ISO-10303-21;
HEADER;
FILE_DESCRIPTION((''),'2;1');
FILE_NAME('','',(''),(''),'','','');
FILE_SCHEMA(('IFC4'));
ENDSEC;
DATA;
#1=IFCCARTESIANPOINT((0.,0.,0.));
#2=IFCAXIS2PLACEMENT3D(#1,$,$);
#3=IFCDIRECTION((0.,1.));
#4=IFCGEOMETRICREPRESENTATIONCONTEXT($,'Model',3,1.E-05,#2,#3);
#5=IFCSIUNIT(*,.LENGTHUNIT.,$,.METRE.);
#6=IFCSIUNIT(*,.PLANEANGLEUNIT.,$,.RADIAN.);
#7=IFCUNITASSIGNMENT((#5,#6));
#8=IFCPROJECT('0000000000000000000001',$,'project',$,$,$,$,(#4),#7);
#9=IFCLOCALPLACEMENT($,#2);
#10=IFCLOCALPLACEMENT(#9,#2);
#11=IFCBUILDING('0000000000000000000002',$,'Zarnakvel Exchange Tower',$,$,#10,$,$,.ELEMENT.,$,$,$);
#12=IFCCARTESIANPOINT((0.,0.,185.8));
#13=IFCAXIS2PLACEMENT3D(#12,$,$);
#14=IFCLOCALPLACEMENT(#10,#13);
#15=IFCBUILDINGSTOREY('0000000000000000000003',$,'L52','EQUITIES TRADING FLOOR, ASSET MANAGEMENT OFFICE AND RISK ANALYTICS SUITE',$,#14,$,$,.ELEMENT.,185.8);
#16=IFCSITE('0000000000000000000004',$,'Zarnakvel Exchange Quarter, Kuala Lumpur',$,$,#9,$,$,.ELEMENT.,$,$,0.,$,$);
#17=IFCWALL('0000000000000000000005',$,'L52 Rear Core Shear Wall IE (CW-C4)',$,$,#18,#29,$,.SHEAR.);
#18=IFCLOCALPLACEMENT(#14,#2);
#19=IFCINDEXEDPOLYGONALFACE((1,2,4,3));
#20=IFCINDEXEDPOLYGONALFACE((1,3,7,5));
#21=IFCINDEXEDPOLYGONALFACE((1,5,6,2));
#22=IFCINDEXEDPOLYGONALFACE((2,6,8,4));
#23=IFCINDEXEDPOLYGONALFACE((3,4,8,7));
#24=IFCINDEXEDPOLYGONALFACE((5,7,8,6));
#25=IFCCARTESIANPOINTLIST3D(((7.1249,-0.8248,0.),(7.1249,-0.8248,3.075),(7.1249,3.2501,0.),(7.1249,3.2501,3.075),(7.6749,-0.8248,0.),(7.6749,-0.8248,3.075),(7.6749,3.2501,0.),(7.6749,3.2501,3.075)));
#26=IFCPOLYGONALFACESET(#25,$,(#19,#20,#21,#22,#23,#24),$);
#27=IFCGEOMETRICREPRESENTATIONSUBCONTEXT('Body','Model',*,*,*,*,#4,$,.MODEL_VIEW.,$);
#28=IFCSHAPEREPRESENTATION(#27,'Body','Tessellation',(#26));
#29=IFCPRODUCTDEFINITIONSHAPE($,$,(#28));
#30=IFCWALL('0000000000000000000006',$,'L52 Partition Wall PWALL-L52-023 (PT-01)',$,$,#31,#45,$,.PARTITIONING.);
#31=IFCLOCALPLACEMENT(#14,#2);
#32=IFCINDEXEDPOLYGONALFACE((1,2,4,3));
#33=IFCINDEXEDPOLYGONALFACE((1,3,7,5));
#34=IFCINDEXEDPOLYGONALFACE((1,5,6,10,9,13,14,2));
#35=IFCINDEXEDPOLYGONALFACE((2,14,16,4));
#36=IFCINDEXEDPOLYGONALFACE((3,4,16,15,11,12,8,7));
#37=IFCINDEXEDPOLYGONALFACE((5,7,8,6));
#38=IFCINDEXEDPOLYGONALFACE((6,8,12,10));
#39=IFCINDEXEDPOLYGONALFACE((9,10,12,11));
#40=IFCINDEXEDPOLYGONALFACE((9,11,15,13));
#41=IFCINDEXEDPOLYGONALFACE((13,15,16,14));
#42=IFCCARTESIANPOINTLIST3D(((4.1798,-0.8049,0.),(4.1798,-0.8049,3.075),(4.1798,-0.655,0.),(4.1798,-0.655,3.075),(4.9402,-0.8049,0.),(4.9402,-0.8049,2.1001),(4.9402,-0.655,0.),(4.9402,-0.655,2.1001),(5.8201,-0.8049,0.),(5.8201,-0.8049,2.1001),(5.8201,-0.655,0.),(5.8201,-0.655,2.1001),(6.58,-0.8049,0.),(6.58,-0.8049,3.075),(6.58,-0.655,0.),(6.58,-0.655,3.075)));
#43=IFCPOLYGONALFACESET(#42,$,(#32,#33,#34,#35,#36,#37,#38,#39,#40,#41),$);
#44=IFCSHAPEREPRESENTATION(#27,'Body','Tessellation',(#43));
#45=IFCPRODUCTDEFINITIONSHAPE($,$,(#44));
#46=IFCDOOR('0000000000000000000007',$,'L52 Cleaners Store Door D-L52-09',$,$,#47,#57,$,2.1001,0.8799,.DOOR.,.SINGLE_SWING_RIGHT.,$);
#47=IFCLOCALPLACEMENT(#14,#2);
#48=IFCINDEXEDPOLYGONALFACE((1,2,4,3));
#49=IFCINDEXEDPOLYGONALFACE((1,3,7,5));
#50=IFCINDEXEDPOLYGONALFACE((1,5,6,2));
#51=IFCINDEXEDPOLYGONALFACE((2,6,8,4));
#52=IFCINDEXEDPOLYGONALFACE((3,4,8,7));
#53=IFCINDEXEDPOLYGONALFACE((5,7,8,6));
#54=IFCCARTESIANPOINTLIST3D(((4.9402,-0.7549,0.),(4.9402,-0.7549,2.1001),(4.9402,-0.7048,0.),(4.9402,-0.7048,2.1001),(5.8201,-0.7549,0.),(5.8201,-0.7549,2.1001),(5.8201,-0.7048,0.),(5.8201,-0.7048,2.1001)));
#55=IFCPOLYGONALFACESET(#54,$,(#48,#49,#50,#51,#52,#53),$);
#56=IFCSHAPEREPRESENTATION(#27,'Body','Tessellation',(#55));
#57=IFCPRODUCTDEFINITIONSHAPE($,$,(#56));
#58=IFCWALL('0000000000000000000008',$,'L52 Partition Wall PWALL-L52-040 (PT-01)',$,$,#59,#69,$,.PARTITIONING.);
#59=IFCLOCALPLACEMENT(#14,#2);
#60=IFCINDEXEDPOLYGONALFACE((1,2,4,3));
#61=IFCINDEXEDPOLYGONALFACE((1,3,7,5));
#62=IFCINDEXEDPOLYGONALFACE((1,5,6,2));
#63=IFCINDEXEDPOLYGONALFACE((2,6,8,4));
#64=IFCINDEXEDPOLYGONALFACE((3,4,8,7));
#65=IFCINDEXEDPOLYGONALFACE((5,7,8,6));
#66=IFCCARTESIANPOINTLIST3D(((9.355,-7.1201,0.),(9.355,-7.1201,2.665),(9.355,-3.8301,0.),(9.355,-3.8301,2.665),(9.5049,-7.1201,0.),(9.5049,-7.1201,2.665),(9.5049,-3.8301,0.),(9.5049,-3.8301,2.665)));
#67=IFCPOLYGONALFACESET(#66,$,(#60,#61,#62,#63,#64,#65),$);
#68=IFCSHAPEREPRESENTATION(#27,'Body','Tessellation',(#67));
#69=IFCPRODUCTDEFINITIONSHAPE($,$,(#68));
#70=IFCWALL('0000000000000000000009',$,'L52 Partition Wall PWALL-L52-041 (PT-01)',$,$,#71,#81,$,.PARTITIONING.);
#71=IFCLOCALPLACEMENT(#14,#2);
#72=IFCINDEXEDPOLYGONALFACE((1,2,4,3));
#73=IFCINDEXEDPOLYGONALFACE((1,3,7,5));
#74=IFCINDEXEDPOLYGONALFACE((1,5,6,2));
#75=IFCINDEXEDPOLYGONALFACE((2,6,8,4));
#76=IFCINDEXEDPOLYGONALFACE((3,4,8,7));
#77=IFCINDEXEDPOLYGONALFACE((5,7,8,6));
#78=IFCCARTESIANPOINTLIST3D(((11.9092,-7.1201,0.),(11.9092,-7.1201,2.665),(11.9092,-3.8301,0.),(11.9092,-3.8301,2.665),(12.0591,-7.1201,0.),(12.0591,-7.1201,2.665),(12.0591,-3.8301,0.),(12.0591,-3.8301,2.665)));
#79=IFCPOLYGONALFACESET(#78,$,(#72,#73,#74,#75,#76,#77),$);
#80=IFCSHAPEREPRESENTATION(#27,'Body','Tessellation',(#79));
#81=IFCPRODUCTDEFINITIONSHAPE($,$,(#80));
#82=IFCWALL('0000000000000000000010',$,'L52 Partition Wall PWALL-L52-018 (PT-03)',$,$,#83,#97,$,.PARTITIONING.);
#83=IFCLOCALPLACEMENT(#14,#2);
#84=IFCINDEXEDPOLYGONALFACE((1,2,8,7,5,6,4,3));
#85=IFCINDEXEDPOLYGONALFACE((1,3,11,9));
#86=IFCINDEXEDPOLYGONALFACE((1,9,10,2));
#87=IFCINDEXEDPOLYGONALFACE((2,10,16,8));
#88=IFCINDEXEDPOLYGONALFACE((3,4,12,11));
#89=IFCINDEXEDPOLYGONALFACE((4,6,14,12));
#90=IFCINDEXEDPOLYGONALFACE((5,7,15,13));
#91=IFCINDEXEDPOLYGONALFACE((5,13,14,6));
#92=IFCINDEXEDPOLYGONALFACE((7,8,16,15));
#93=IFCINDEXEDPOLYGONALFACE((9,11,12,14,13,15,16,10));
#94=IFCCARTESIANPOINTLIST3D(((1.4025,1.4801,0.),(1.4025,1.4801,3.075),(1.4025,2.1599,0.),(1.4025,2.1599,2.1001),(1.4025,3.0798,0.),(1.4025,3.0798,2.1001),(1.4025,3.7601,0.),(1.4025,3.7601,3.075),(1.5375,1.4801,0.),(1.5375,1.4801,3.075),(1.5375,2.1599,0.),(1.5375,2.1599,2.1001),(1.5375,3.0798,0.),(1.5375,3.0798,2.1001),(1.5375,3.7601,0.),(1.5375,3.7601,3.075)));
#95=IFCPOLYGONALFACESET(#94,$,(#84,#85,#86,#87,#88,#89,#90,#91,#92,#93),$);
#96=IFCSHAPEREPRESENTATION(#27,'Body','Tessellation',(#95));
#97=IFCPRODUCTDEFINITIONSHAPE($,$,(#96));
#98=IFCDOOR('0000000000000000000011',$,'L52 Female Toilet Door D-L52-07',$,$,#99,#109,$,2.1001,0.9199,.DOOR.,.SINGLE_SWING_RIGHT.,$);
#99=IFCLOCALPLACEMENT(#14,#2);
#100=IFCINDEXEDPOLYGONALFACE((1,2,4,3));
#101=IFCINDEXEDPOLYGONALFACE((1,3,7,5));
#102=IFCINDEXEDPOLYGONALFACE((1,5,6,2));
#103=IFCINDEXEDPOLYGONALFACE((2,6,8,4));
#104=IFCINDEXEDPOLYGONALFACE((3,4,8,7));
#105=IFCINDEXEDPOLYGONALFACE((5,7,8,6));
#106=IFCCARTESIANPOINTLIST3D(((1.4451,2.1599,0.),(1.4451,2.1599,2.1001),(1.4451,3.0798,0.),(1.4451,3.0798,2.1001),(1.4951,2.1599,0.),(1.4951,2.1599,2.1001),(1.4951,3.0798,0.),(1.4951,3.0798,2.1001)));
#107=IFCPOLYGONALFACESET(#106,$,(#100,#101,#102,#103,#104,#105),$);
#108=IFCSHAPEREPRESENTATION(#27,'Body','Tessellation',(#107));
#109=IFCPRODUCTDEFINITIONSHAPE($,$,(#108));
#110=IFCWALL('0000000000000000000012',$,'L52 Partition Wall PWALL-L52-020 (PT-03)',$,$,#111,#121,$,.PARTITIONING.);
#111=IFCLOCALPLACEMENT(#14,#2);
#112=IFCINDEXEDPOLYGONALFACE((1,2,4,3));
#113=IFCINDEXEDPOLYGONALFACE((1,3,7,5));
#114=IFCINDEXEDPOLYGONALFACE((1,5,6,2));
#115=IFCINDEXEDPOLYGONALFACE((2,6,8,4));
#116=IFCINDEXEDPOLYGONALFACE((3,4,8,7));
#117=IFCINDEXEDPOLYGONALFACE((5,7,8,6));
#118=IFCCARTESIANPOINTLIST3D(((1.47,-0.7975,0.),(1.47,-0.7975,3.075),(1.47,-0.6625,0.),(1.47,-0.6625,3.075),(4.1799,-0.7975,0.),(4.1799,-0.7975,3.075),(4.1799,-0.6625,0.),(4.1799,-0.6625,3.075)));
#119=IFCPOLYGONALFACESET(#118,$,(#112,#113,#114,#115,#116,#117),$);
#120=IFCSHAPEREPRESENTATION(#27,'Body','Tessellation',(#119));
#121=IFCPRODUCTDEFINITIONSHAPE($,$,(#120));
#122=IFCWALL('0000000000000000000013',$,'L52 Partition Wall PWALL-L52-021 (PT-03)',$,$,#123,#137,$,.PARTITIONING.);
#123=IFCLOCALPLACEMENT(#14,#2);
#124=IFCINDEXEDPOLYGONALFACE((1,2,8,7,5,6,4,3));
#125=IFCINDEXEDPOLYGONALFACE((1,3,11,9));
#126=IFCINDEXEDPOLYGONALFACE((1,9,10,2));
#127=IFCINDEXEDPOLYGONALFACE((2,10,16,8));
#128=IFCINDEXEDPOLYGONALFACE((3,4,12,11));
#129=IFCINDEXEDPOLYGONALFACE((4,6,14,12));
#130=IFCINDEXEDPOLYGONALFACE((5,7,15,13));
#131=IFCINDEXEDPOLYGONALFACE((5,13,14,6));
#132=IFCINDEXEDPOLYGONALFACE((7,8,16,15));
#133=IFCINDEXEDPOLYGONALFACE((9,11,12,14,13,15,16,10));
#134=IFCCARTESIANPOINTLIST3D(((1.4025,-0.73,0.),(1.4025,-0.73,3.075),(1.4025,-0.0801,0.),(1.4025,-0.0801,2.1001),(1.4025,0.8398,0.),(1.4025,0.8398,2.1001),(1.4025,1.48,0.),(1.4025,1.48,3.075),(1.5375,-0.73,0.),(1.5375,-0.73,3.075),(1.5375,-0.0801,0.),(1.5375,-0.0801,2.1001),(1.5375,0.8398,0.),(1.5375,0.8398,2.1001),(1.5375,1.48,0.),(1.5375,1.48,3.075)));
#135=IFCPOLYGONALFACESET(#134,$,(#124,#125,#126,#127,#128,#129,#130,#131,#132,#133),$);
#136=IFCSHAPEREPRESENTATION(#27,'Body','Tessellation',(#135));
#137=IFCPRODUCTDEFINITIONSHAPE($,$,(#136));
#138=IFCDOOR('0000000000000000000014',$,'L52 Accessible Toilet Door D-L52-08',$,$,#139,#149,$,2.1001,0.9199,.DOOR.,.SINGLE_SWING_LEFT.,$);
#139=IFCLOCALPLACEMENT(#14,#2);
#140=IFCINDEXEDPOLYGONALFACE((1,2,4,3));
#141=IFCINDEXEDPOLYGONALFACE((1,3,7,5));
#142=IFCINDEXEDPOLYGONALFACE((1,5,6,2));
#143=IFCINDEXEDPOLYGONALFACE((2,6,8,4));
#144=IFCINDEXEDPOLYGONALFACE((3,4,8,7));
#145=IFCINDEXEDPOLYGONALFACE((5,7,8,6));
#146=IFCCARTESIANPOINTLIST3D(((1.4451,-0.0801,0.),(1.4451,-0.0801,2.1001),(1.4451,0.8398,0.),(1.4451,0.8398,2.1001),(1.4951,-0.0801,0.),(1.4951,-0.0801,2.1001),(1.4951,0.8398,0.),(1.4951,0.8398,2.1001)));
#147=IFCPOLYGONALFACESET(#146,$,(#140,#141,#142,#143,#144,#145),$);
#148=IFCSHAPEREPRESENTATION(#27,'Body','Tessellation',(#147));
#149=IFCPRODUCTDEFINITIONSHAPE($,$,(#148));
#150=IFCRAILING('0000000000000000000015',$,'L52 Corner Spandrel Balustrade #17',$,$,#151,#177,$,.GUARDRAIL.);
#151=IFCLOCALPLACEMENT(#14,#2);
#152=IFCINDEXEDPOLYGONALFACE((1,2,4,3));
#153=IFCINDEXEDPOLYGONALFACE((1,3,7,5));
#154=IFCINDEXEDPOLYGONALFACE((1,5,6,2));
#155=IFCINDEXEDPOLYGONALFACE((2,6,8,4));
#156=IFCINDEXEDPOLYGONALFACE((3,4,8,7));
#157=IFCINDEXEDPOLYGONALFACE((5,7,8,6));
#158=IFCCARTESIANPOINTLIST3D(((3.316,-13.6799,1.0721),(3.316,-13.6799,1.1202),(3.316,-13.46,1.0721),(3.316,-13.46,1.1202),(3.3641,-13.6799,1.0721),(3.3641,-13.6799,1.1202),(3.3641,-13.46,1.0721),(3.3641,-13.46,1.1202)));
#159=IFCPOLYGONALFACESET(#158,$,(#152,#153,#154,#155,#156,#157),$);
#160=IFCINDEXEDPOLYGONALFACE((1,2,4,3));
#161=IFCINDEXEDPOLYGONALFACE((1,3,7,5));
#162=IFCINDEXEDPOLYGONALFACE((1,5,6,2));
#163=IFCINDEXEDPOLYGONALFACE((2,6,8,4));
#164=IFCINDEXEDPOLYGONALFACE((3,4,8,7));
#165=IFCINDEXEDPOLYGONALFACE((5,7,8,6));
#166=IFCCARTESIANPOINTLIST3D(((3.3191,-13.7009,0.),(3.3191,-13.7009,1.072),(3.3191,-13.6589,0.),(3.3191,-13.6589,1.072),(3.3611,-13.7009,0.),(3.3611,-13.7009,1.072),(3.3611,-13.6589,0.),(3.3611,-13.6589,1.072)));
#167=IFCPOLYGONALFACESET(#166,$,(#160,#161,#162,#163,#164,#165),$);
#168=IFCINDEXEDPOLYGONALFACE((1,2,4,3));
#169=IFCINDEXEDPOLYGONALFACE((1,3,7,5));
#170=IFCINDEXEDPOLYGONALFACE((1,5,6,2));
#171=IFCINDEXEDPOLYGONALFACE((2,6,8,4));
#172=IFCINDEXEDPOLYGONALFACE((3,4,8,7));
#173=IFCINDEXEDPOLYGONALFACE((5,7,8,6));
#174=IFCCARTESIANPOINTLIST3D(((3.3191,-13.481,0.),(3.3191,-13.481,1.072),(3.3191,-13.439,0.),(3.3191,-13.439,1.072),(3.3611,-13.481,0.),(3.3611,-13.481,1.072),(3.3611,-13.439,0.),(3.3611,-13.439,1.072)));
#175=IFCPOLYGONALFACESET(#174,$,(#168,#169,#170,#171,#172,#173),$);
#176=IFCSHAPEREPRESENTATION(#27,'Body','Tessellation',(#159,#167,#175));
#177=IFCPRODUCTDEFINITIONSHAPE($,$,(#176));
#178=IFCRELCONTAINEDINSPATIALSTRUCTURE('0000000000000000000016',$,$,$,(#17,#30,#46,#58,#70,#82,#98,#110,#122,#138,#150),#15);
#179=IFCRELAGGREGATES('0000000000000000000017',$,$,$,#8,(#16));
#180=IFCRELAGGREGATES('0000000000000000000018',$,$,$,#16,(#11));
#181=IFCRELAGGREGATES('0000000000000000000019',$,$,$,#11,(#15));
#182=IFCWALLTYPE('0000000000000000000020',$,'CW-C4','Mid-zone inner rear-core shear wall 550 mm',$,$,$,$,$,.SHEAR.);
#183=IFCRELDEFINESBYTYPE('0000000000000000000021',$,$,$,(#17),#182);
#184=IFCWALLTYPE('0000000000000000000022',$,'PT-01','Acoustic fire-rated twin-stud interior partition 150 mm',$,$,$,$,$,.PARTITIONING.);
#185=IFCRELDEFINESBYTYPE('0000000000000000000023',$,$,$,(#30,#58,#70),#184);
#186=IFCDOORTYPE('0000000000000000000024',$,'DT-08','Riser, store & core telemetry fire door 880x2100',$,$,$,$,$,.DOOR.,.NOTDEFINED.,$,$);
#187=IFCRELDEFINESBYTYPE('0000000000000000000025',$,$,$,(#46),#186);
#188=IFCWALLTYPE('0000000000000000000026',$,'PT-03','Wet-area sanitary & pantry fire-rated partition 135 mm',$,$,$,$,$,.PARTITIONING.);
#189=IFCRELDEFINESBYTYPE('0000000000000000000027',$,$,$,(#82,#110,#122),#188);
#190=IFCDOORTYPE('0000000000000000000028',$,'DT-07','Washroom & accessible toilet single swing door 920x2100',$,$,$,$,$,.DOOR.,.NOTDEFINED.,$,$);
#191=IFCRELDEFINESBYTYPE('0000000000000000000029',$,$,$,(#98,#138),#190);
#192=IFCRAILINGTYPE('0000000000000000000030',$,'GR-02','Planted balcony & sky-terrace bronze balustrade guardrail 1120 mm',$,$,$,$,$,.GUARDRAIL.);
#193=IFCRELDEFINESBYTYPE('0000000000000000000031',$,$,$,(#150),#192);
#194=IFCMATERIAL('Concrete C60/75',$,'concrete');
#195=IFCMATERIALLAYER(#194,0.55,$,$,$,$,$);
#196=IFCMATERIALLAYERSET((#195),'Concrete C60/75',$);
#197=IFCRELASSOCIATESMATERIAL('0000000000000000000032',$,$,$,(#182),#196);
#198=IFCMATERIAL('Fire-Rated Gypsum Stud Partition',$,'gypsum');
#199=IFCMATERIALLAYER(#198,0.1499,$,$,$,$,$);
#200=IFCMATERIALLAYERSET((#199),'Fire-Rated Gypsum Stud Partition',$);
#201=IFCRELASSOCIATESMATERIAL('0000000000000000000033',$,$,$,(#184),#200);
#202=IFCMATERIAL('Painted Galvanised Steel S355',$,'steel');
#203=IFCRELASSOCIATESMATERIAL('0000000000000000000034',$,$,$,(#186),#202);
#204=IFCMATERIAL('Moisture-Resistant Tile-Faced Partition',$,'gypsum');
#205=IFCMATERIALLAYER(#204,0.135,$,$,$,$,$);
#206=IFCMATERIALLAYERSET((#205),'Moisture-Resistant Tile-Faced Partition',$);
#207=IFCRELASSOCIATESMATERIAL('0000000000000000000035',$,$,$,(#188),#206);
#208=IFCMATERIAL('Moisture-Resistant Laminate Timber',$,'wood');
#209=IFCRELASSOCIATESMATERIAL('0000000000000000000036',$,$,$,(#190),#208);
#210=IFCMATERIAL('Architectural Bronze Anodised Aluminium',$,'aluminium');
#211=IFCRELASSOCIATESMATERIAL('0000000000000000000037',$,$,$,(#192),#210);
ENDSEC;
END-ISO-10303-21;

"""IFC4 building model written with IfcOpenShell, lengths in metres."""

from ifc_helpers import new_model, si_unit, direction, frame, frame_2d, origin, origin_2d, place, context, subcontext, project, spatial, rectangle, extrude, source, transform, mapped, material, layer, layer_set, type_object, element, fill, save


model = new_model("IFC4")

# Units and contexts
model_context = context("Model", 3, precision=1e-05, world=origin(), true_north=direction((0.0, 1.0)))
body_context = subcontext(model_context, "Body", "Model", "MODEL_VIEW")
ifc_project = project(units=[si_unit("LENGTHUNIT", "METRE"), si_unit("PLANEANGLEUNIT", "RADIAN")], contexts=[model_context])

# Site, building, storey
site_placement = place(None, origin())
site = spatial("IfcSite", under=ifc_project, at=site_placement, Name="Zarnakvel Exchange Quarter, Kuala Lumpur", CompositionType="ELEMENT", RefElevation=0.0)
building_placement = place(site_placement, origin())
building = spatial("IfcBuilding", under=site, at=building_placement, Name="Zarnakvel Exchange Tower", CompositionType="ELEMENT")
storey_placement = place(building_placement, frame((0.0, 0.0, 185.8)))
storey = spatial("IfcBuildingStorey", under=building, at=storey_placement, Name="L52", Description="EQUITIES TRADING FLOOR, ASSET MANAGEMENT OFFICE AND RISK ANALYTICS SUITE", CompositionType="ELEMENT", Elevation=185.8)

# Shared definitions
ifc_material_1 = material(Name="Concrete C60/75", Category="concrete")

# Shared definitions
ifc_material_2 = material(Name="Painted Galvanised Steel S355", Category="steel")

# Wall
ifc_layer_1 = layer(ifc_material_1, 0.55)
ifc_layer_set_1 = layer_set([ifc_layer_1], Name="Concrete C60/75")
wall_type_1 = type_object("IfcWallType", Name="CW-C4", Description="Mid-zone inner rear-core shear wall 550 mm", PredefinedType="SHEAR", material=ifc_layer_set_1)
wall_1_placement = place(storey_placement, frame((7.3999, -0.825, 0.0), z_axis=(0.0, 0.0, 1.0), x_axis=(0.0, 1.0, 0.0)))
element("IfcWall", 1, at=wall_1_placement, inside=storey, type_object=wall_type_1, Name="L52 Rear Core Shear Wall IE (CW-C4)", PredefinedType="SHEAR", context=body_context, shape_type="SweptSolid", body=[
    extrude(rectangle(XDim=4.075, YDim=0.55, at=frame_2d((2.0376, 0.0))), origin(), (0.0, 0.0, 1.0), 3.075),
])

# Wall, opening, door
ifc_material_3 = material(Name="Fire-Rated Gypsum Stud Partition", Category="gypsum")
ifc_layer_2 = layer(ifc_material_3, 0.1499)
ifc_layer_set_2 = layer_set([ifc_layer_2], Name="Fire-Rated Gypsum Stud Partition")
wall_type_2 = type_object("IfcWallType", Name="PT-01", Description="Acoustic fire-rated twin-stud interior partition 150 mm", PredefinedType="PARTITIONING", material=ifc_layer_set_2)
wall_2_placement = place(storey_placement, frame((6.5801, -0.73, 0.0), z_axis=(0.0, 0.0, 1.0), x_axis=(-1.0, 0.0, 0.0)))
wall_2 = element("IfcWall", 2, at=wall_2_placement, inside=storey, type_object=wall_type_2, Name="L52 Partition Wall PWALL-L52-023 (PT-01)", PredefinedType="PARTITIONING", context=body_context, shape_type="SweptSolid", body=[
    extrude(rectangle(XDim=2.4001, YDim=0.1499, at=frame_2d((1.2002, 0.0))), origin(), (0.0, 0.0, 1.0), 3.075),
])
opening_1_placement = place(wall_2_placement, frame((0.76, 0.0, 0.0)))
opening_1 = element("IfcOpeningElement", 3, at=opening_1_placement, cuts=wall_2, PredefinedType="OPENING", context=body_context, shape_type="SweptSolid", body=[
    extrude(rectangle(XDim=0.8799, YDim=2.1001, at=frame_2d((0.4399, 1.05))), frame((0.0, 0.085, 0.0), z_axis=(0.0, -1.0, 0.0), x_axis=(1.0, 0.0, 0.0)), (0.0, 0.0, 1.0), 0.1699),
])
door_type_1 = type_object("IfcDoorType", Name="DT-08", Description="Riser, store & core telemetry fire door 880x2100", OperationType="NOTDEFINED", PredefinedType="DOOR", material=ifc_material_2)
shared_shape_1 = source(origin(), body_context, "Body", "SweptSolid", [
    extrude(rectangle(XDim=0.8799, YDim=2.1001, at=frame_2d((0.4399, 1.05))), frame((0.0, 0.0249, 0.0), z_axis=(0.0, -1.0, 0.0), x_axis=(1.0, 0.0, 0.0)), (0.0, 0.0, 1.0), 0.05),
])
door_1_placement = place(opening_1_placement, origin())
door_1 = element("IfcDoor", 4, at=door_1_placement, inside=storey, type_object=door_type_1, Name="L52 Cleaners Store Door D-L52-09", OperationType="SINGLE_SWING_RIGHT", OverallHeight=2.1001, OverallWidth=0.8799, PredefinedType="DOOR", context=body_context, shape_type="MappedRepresentation", body=[
    mapped(shared_shape_1, transform((0.0, 0.0, 0.0), x_axis=(1.0, 0.0, 0.0), y_axis=(0.0, 1.0, 0.0), z_axis=(0.0, 0.0, 1.0), scale=1.0)),
])
fill(opening_1, door_1)

# Walls
for number, where, z_axis, x_axis, name in (
    (5, (9.4299, -7.1201, 0.0), (0.0, 0.0, 1.0), (0.0, 1.0, 0.0), "L52 Partition Wall PWALL-L52-040 (PT-01)"),
    (6, (11.9841, -3.8301, 0.0), (0.0, 0.0, 1.0), (0.0, -1.0, 0.0), "L52 Partition Wall PWALL-L52-041 (PT-01)"),
):
    element("IfcWall", number, at=place(storey_placement, frame(where, z_axis=z_axis, x_axis=x_axis)), inside=storey, type_object=wall_type_2, Name=name, PredefinedType="PARTITIONING", context=body_context, shape_type="SweptSolid", body=[
        extrude(rectangle(XDim=3.29, YDim=0.1499, at=frame_2d((1.645, 0.0))), origin(), (0.0, 0.0, 1.0), 2.665),
    ])

# Wall, opening, door
ifc_material_4 = material(Name="Moisture-Resistant Tile-Faced Partition", Category="gypsum")
ifc_layer_3 = layer(ifc_material_4, 0.135)
ifc_layer_set_3 = layer_set([ifc_layer_3], Name="Moisture-Resistant Tile-Faced Partition")
wall_type_3 = type_object("IfcWallType", Name="PT-03", Description="Wet-area sanitary & pantry fire-rated partition 135 mm", PredefinedType="PARTITIONING", material=ifc_layer_set_3)
wall_3_placement = place(storey_placement, frame((1.47, 1.48, 0.0), z_axis=(0.0, 0.0, 1.0), x_axis=(0.0, 1.0, 0.0)))
wall_3 = element("IfcWall", 7, at=wall_3_placement, inside=storey, type_object=wall_type_3, Name="L52 Partition Wall PWALL-L52-018 (PT-03)", PredefinedType="PARTITIONING", context=body_context, shape_type="SweptSolid", body=[
    extrude(rectangle(XDim=2.28, YDim=0.135, at=frame_2d((1.1401, 0.0))), origin(), (0.0, 0.0, 1.0), 3.075),
])
opening_2_placement = place(wall_3_placement, frame((0.6799, 0.0, 0.0)))
opening_2 = element("IfcOpeningElement", 8, at=opening_2_placement, cuts=wall_3, PredefinedType="OPENING", context=body_context, shape_type="SweptSolid", body=[
    extrude(rectangle(XDim=0.9199, YDim=2.1001, at=frame_2d((0.46, 1.05))), frame((0.0, 0.0774, 0.0), z_axis=(0.0, -1.0, 0.0), x_axis=(1.0, 0.0, 0.0)), (0.0, 0.0, 1.0), 0.155),
])
ifc_material_5 = material(Name="Moisture-Resistant Laminate Timber", Category="wood")
door_type_2 = type_object("IfcDoorType", Name="DT-07", Description="Washroom & accessible toilet single swing door 920x2100", OperationType="NOTDEFINED", PredefinedType="DOOR", material=ifc_material_5)
shared_shape_2 = source(origin(), body_context, "Body", "SweptSolid", [
    extrude(rectangle(XDim=0.9199, YDim=2.1001, at=frame_2d((0.46, 1.05))), frame((0.0, 0.0249, 0.0), z_axis=(0.0, -1.0, 0.0), x_axis=(1.0, 0.0, 0.0)), (0.0, 0.0, 1.0), 0.05),
])
door_2_placement = place(opening_2_placement, origin())
door_2 = element("IfcDoor", 9, at=door_2_placement, inside=storey, type_object=door_type_2, Name="L52 Female Toilet Door D-L52-07", OperationType="SINGLE_SWING_RIGHT", OverallHeight=2.1001, OverallWidth=0.9199, PredefinedType="DOOR", context=body_context, shape_type="MappedRepresentation", body=[
    mapped(shared_shape_2, transform((0.0, 0.0, 0.0), x_axis=(1.0, 0.0, 0.0), y_axis=(0.0, 1.0, 0.0), z_axis=(0.0, 0.0, 1.0), scale=1.0)),
])
fill(opening_2, door_2)

# Wall
wall_4_placement = place(storey_placement, frame((4.1799, -0.73, 0.0), z_axis=(0.0, 0.0, 1.0), x_axis=(-1.0, 0.0, 0.0)))
element("IfcWall", 10, at=wall_4_placement, inside=storey, type_object=wall_type_3, Name="L52 Partition Wall PWALL-L52-020 (PT-03)", PredefinedType="PARTITIONING", context=body_context, shape_type="SweptSolid", body=[
    extrude(rectangle(XDim=2.71, YDim=0.135, at=frame_2d((1.355, 0.0))), origin(), (0.0, 0.0, 1.0), 3.075),
])

# Wall, opening, door
wall_5_placement = place(storey_placement, frame((1.47, -0.73, 0.0), z_axis=(0.0, 0.0, 1.0), x_axis=(0.0, 1.0, 0.0)))
wall_5 = element("IfcWall", 11, at=wall_5_placement, inside=storey, type_object=wall_type_3, Name="L52 Partition Wall PWALL-L52-021 (PT-03)", PredefinedType="PARTITIONING", context=body_context, shape_type="SweptSolid", body=[
    extrude(rectangle(XDim=2.21, YDim=0.135, at=frame_2d((1.105, 0.0))), origin(), (0.0, 0.0, 1.0), 3.075),
])
opening_3_placement = place(wall_5_placement, frame((0.6499, 0.0, 0.0)))
opening_3 = element("IfcOpeningElement", 12, at=opening_3_placement, cuts=wall_5, PredefinedType="OPENING", context=body_context, shape_type="SweptSolid", body=[
    extrude(rectangle(XDim=0.9199, YDim=2.1001, at=frame_2d((0.46, 1.05))), frame((0.0, 0.0774, 0.0), z_axis=(0.0, -1.0, 0.0), x_axis=(1.0, 0.0, 0.0)), (0.0, 0.0, 1.0), 0.155),
])
door_3_placement = place(opening_3_placement, origin())
door_3 = element("IfcDoor", 13, at=door_3_placement, inside=storey, type_object=door_type_2, Name="L52 Accessible Toilet Door D-L52-08", OperationType="SINGLE_SWING_LEFT", OverallHeight=2.1001, OverallWidth=0.9199, PredefinedType="DOOR", context=body_context, shape_type="MappedRepresentation", body=[
    mapped(shared_shape_2, transform((0.0, 0.0, 0.0), x_axis=(1.0, 0.0, 0.0), y_axis=(0.0, 1.0, 0.0), z_axis=(0.0, 0.0, 1.0), scale=1.0)),
])
fill(opening_3, door_3)

# Railing
ifc_material_6 = material(Name="Architectural Bronze Anodised Aluminium", Category="aluminium")
railing_type = type_object("IfcRailingType", Name="GR-02", Description="Planted balcony & sky-terrace bronze balustrade guardrail 1120 mm", PredefinedType="GUARDRAIL", material=ifc_material_6)
railing_1_placement = place(storey_placement, frame((3.3401, -13.6799, 0.0)))
element("IfcRailing", 14, at=railing_1_placement, inside=storey, type_object=railing_type, Name="L52 Corner Spandrel Balustrade #17", PredefinedType="GUARDRAIL", context=body_context, shape_type="SweptSolid", body=[
    extrude(rectangle(XDim=0.0481, YDim=0.0481, at=origin_2d()), frame((0.0, 0.0, 1.0962), z_axis=(0.0, 1.0, 0.0), x_axis=(-1.0, 0.0, 0.0)), (0.0, 0.0, 1.0), 0.22),
    extrude(rectangle(XDim=0.042, YDim=0.042, at=origin_2d()), origin(), (0.0, 0.0, 1.0), 1.072),
    extrude(rectangle(XDim=0.042, YDim=0.042, at=origin_2d()), frame((0.0, 0.22, 0.0)), (0.0, 0.0, 1.0), 1.072),
])

save(model, "model.ifc")
